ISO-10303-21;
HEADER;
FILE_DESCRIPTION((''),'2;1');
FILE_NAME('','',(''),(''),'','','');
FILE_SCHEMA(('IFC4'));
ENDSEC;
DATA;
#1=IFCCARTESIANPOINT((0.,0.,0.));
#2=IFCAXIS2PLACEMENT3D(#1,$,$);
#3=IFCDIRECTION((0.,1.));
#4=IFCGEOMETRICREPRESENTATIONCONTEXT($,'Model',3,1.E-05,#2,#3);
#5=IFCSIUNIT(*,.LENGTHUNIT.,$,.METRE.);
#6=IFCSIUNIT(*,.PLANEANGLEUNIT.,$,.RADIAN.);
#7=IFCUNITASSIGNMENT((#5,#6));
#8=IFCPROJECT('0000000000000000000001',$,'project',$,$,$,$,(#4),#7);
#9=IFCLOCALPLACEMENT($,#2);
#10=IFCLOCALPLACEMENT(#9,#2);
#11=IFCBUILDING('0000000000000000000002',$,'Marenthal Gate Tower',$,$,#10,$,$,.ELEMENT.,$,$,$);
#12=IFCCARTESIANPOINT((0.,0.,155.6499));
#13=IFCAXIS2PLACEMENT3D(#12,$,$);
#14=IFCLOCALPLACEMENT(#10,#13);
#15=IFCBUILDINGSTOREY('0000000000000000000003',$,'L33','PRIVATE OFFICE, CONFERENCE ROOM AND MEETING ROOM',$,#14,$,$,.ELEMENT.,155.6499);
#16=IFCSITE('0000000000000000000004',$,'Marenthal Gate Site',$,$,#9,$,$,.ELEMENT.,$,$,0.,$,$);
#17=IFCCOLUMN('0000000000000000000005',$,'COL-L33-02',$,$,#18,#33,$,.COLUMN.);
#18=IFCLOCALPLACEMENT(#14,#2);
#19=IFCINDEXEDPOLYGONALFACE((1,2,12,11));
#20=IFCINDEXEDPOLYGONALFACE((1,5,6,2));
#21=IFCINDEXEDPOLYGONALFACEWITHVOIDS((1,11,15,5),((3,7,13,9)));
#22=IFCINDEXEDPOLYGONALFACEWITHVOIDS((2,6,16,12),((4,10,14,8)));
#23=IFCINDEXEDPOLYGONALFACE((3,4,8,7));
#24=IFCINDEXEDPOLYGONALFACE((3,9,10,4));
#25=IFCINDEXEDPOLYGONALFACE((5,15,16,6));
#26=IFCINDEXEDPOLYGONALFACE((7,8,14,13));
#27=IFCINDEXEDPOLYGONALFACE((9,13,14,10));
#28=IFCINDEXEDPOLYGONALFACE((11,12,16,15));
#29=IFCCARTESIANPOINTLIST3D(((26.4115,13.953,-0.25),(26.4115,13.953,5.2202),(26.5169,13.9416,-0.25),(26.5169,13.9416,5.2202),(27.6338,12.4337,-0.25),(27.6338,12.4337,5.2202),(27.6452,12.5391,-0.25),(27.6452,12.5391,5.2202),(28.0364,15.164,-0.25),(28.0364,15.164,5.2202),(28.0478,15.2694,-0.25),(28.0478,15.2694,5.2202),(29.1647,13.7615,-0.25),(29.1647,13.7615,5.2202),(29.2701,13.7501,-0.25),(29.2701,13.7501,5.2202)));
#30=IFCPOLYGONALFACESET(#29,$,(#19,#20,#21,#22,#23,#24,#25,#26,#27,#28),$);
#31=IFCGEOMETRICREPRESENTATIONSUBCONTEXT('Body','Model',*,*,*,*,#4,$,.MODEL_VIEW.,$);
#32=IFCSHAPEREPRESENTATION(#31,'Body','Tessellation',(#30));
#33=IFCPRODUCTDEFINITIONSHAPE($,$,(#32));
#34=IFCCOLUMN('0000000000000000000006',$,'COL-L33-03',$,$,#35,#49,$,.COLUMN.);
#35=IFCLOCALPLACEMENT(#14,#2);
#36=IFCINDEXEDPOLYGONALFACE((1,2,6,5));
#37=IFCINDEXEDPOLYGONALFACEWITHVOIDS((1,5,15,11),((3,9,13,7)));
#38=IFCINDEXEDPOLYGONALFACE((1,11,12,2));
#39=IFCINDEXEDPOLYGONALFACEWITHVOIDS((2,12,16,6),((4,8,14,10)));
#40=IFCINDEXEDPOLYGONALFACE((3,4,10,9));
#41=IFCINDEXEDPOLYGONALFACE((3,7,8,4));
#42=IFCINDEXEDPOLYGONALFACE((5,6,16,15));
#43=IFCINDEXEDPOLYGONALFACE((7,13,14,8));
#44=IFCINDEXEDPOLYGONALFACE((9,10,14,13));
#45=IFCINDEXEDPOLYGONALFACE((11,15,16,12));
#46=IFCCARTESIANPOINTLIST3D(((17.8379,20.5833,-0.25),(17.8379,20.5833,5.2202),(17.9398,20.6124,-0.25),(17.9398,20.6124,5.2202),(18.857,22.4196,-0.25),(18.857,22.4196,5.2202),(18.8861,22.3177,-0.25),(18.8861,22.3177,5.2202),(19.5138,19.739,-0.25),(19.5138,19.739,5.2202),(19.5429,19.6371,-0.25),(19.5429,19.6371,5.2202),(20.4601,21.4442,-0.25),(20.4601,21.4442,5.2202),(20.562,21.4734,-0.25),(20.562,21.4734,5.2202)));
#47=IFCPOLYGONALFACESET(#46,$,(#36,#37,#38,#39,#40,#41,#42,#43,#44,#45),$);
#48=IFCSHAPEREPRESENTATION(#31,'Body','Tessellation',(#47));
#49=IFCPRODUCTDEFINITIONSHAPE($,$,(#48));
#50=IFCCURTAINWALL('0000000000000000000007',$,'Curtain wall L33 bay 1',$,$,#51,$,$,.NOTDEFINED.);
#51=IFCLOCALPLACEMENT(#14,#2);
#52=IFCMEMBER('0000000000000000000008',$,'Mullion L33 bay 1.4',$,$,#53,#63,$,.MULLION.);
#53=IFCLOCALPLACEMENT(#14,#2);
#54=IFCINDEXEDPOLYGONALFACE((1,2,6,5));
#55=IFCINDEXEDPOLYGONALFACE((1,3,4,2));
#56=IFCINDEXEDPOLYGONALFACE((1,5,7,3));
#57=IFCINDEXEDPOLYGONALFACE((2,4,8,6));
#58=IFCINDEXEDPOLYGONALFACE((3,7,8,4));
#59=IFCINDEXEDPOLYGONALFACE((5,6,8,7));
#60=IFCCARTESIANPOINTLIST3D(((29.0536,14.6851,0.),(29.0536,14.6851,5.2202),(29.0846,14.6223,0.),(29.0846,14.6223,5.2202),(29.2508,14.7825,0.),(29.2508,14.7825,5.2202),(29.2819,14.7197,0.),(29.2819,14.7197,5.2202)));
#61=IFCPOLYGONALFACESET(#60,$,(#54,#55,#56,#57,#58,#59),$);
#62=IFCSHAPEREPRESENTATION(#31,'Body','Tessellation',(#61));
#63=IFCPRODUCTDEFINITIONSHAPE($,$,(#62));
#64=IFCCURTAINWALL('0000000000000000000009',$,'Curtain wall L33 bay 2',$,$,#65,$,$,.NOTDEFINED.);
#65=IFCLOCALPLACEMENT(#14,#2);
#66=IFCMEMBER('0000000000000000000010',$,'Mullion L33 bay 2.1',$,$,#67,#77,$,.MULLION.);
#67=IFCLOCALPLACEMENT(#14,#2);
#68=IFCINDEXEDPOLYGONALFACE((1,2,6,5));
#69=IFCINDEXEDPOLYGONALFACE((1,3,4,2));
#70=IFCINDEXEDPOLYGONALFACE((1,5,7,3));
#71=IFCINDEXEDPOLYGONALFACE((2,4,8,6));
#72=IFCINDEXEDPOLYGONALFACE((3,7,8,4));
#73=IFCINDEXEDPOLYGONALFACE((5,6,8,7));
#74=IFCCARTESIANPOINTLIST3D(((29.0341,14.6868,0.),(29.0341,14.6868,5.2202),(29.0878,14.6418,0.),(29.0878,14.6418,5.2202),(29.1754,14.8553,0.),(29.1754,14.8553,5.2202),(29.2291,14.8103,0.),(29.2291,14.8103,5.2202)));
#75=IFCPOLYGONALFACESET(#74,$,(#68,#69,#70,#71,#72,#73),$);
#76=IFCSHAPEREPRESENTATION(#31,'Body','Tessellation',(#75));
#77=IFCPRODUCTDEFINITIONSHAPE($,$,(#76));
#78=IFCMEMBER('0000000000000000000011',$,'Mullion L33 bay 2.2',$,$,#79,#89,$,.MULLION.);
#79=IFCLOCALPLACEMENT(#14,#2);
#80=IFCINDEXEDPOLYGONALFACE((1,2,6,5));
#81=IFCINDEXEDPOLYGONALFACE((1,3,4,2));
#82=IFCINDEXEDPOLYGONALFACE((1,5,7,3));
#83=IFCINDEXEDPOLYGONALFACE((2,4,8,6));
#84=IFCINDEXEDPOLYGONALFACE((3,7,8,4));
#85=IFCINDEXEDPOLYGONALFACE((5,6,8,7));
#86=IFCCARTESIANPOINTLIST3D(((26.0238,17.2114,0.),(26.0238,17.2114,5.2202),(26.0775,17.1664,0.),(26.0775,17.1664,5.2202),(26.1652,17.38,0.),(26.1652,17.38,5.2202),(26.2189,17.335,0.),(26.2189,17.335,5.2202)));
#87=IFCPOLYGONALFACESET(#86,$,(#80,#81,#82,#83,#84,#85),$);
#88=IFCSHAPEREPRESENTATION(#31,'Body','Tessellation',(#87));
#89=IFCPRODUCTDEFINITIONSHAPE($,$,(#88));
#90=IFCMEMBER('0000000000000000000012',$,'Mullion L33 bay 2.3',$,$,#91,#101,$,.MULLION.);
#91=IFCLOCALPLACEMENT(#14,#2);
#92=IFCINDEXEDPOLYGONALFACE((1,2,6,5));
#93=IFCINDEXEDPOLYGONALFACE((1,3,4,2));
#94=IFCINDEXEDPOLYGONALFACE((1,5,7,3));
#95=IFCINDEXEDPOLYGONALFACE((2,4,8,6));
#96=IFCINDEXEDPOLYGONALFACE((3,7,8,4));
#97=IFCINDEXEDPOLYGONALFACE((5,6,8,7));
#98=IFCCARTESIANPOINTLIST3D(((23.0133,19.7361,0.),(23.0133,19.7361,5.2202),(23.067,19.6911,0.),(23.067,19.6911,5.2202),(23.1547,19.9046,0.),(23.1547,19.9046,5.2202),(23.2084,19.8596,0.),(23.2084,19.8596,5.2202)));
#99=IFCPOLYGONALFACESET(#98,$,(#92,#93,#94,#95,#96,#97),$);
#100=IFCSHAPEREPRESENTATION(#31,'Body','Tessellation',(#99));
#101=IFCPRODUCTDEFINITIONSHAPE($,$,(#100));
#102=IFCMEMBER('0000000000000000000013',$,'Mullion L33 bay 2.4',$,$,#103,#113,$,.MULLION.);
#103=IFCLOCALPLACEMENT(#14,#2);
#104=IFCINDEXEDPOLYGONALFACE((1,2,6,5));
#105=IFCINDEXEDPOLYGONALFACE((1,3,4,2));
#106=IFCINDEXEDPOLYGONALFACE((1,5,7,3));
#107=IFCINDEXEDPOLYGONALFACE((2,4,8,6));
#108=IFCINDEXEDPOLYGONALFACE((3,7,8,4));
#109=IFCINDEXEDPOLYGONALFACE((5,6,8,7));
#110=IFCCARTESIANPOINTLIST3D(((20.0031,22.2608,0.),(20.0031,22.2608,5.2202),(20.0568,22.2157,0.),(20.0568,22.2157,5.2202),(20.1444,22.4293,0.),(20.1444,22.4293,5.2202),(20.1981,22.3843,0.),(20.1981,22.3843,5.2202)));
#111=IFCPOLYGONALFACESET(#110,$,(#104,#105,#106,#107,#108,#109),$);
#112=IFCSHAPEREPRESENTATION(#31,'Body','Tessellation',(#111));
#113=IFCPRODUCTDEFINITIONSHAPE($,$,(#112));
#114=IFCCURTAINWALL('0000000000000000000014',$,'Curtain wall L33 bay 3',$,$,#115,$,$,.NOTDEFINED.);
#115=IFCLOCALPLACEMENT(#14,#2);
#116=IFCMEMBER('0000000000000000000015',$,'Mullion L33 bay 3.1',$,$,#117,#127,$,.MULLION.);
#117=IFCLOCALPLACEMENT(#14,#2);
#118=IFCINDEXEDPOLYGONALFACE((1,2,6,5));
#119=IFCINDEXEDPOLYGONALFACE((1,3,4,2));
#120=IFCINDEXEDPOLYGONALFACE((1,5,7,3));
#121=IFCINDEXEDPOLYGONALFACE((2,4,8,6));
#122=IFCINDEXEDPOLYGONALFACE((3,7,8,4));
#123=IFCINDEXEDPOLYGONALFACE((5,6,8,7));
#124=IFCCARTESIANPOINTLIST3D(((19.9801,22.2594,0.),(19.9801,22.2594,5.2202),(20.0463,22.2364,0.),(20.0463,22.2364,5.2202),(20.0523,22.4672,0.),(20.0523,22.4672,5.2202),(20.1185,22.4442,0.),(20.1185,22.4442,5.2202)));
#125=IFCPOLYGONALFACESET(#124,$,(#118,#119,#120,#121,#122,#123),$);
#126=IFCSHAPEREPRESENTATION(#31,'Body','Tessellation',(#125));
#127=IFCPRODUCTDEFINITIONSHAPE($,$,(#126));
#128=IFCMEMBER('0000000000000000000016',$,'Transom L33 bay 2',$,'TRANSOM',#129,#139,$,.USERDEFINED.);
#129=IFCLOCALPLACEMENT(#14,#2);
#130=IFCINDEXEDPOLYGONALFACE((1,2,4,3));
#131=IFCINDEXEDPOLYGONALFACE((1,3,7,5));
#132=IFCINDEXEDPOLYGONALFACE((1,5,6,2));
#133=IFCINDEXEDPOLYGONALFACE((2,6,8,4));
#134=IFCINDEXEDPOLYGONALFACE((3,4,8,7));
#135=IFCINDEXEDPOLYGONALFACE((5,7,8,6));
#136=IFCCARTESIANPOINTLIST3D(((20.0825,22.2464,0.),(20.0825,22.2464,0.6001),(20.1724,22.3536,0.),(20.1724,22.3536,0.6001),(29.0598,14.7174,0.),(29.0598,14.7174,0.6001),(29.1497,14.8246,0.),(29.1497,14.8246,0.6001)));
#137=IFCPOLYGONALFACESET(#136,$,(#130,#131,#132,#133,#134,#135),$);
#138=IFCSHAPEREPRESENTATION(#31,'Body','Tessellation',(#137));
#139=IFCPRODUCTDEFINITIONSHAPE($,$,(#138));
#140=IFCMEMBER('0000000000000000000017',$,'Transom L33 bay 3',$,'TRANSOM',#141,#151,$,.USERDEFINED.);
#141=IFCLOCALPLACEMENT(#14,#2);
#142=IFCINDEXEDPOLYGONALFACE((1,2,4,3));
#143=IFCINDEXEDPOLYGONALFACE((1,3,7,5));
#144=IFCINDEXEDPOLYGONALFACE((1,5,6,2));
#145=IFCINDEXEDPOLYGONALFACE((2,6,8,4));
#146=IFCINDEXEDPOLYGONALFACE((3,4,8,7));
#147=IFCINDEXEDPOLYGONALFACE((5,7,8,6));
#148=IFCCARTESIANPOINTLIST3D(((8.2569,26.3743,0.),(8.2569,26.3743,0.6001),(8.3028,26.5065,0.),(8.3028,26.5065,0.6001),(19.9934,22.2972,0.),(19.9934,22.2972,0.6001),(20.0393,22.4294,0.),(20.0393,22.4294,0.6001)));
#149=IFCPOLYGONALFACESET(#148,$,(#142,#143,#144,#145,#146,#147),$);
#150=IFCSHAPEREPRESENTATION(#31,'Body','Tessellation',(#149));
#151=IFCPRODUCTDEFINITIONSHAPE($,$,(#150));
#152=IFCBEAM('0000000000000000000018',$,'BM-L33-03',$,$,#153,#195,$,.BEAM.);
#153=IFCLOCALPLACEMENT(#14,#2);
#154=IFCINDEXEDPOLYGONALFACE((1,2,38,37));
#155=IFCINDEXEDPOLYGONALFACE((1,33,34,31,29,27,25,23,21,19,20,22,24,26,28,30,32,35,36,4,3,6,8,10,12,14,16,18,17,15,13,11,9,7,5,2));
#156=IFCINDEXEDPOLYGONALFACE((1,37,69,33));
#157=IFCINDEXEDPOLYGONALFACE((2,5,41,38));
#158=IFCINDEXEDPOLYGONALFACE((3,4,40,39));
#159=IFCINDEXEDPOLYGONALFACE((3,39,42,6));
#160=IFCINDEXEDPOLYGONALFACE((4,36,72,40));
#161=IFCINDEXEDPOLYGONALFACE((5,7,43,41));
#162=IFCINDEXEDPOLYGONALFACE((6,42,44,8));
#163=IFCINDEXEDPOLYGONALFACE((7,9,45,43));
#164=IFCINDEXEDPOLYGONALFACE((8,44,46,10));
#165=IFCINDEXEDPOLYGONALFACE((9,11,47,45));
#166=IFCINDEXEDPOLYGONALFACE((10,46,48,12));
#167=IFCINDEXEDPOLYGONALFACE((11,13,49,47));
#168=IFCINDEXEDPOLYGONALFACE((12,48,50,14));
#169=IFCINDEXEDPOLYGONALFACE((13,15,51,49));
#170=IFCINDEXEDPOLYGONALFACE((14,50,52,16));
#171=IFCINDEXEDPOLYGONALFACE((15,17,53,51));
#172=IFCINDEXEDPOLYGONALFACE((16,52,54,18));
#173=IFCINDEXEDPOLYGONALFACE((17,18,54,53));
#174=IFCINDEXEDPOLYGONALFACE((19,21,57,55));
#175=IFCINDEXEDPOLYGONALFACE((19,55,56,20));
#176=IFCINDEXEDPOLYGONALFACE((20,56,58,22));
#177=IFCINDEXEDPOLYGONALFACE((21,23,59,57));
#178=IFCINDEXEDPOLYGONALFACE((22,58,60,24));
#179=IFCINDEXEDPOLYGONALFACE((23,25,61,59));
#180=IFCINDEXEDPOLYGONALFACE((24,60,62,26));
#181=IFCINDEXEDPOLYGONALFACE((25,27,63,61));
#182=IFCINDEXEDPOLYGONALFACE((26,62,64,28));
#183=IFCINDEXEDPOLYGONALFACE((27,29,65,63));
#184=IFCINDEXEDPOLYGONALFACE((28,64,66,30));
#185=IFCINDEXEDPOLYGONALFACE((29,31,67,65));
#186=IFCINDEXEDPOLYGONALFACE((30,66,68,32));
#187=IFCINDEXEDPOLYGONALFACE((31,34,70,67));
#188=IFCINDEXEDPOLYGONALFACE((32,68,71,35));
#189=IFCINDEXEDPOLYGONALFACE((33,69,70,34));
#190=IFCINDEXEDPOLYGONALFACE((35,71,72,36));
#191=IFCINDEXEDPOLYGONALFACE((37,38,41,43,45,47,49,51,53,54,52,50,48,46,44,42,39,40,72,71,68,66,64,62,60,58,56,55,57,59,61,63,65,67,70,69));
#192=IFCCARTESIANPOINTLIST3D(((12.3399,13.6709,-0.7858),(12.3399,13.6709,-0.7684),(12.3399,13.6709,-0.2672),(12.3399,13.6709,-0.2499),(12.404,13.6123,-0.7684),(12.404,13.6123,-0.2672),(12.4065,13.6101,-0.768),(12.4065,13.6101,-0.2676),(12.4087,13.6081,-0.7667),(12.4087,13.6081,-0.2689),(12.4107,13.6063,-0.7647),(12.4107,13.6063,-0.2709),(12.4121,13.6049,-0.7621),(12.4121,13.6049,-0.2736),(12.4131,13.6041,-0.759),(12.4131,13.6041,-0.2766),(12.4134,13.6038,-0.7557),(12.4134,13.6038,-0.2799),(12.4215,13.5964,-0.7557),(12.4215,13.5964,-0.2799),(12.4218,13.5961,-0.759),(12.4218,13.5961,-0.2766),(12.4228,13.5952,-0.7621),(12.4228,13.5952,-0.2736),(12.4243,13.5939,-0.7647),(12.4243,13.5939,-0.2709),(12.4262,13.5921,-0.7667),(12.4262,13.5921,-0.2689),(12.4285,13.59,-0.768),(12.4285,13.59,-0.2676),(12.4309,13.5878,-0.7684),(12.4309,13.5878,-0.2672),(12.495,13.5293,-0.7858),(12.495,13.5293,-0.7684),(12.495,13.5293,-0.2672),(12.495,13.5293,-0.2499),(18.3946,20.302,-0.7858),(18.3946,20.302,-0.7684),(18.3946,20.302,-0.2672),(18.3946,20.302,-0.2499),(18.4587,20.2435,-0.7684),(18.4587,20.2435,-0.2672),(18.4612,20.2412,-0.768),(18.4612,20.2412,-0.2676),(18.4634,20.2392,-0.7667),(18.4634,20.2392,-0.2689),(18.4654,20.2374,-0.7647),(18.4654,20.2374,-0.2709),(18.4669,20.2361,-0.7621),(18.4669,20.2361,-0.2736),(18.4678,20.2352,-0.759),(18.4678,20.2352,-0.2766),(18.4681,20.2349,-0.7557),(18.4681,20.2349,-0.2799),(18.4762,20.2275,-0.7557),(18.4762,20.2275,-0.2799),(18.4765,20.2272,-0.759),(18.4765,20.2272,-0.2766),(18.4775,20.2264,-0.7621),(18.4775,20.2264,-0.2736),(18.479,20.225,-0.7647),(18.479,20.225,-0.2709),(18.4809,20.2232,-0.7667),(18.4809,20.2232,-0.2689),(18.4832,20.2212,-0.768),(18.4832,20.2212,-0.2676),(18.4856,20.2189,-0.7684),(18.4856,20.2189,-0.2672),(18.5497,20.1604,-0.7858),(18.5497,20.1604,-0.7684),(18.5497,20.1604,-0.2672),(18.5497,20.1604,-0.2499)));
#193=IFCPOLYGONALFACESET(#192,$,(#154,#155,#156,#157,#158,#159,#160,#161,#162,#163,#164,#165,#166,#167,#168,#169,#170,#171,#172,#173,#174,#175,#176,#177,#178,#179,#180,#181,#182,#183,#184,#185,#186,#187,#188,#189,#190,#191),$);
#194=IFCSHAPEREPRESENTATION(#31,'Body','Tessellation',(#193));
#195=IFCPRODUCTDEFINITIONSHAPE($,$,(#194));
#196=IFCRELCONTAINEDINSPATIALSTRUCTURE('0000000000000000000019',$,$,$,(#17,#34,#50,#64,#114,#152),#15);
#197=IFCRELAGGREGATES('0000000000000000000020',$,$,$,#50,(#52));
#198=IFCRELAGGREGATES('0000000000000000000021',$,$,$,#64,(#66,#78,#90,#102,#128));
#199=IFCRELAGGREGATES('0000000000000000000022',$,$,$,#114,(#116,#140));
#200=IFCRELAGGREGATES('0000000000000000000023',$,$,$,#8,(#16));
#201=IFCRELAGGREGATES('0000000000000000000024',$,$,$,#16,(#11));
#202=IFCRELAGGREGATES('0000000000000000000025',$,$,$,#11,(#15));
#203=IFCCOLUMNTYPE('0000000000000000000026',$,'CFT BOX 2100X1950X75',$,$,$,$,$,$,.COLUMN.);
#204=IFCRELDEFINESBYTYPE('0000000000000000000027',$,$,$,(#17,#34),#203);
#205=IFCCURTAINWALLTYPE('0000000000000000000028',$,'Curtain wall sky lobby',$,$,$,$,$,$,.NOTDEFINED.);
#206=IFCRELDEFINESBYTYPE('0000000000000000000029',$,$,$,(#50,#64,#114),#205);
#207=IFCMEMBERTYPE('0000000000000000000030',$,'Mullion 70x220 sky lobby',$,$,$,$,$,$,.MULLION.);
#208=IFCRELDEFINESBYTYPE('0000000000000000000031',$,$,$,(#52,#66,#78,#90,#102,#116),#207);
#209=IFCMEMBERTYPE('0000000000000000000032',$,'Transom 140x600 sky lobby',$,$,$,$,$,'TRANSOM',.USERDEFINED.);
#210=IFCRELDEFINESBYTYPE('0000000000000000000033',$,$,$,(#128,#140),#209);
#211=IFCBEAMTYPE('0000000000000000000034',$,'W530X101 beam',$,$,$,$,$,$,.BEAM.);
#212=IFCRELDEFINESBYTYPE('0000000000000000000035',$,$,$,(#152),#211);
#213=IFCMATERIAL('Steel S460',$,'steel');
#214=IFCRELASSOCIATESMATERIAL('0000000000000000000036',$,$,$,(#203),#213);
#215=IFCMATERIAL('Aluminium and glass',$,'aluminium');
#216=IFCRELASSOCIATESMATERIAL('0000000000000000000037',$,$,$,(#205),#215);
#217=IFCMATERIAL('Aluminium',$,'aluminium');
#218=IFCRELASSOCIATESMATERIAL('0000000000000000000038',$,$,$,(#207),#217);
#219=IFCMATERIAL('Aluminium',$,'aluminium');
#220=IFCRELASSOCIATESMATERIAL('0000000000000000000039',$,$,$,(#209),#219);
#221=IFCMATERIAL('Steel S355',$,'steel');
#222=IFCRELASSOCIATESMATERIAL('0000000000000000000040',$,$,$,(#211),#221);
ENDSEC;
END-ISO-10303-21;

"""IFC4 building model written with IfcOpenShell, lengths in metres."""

from ifc_helpers import new_model, si_unit, direction, frame, origin, origin_2d, place, context, subcontext, project, spatial, rectangle, hollow_rectangle, i_section, extrude, material, material_profile, profile_set, type_object, element, aggregate, save


model = new_model("IFC4")

# Units and contexts
model_context = context("Model", 3, precision=1e-05, world=origin(), true_north=direction((0.0, 1.0)))
body_context = subcontext(model_context, "Body", "Model", "MODEL_VIEW")
ifc_project = project(units=[si_unit("LENGTHUNIT", "METRE"), si_unit("PLANEANGLEUNIT", "RADIAN")], contexts=[model_context])

# Site, building, storey
site_placement = place(None, origin())
site = spatial("IfcSite", under=ifc_project, at=site_placement, Name="Marenthal Gate Site", CompositionType="ELEMENT", RefElevation=0.0)
building_placement = place(site_placement, origin())
building = spatial("IfcBuilding", under=site, at=building_placement, Name="Marenthal Gate Tower", CompositionType="ELEMENT")
storey_placement = place(building_placement, frame((0.0, 0.0, 155.6499)))
storey = spatial("IfcBuildingStorey", under=building, at=storey_placement, Name="L33", Description="PRIVATE OFFICE, CONFERENCE ROOM AND MEETING ROOM", CompositionType="ELEMENT", Elevation=155.6499)

# Columns
ifc_material_1 = material(Name="Steel S460", Category="steel")
ifc_material_profile_1 = material_profile(ifc_material_1, hollow_rectangle(XDim=1.95, YDim=2.1001, WallThickness=0.075, at=origin_2d()), Name="CFT BOX 2100X1950X75")
ifc_material_2 = material(Name="Concrete 70 MPa", Category="concrete")
ifc_material_profile_2 = material_profile(ifc_material_2, rectangle(XDim=1.8, YDim=1.95, at=origin_2d()), Name="CFT BOX 2100X1950X75 INFILL")
ifc_profile_set_1 = profile_set([ifc_material_profile_1, ifc_material_profile_2], Name="Steel S460 shell, Concrete 70 MPa infill")
column_type = type_object("IfcColumnType", Name="CFT BOX 2100X1950X75", PredefinedType="COLUMN", material=ifc_profile_set_1)
for number, where, z_axis, x_axis, name in (
    (1, (27.8408, 13.8516, -0.25), (0.0, 0.0, 1.0), (0.626831, -0.779155, 0.0), "COL-L33-02"),
    (2, (19.2, 21.0283, -0.25), (0.0, 0.0, 1.0), (0.87438, -0.485242, 0.0), "COL-L33-03"),
):
    element("IfcColumn", number, at=place(storey_placement, frame(where, z_axis=z_axis, x_axis=x_axis)), inside=storey, type_object=column_type, Name=name, PredefinedType="COLUMN", context=body_context, shape_type="SweptSolid", body=[
        extrude(hollow_rectangle(XDim=1.95, YDim=2.1001, WallThickness=0.075, at=origin_2d()), origin(), (0.0, 0.0, 1.0), 5.4702),
    ])

# Curtain wall, member
ifc_material_3 = material(Name="Aluminium and glass", Category="aluminium")
curtain_wall_type = type_object("IfcCurtainWallType", Name="Curtain wall sky lobby", PredefinedType="NOTDEFINED", material=ifc_material_3)
curtain_wall_1_placement = place(storey_placement, origin())
curtain_wall_1 = element("IfcCurtainWall", 3, at=curtain_wall_1_placement, inside=storey, type_object=curtain_wall_type, Name="Curtain wall L33 bay 1", PredefinedType="NOTDEFINED")
ifc_material_4 = material(Name="Aluminium", Category="aluminium")
ifc_material_profile_3 = material_profile(ifc_material_4, rectangle(XDim=0.22, YDim=0.0701, at=origin_2d()), Name="70x220 aluminium mullion")
ifc_profile_set_2 = profile_set([ifc_material_profile_3], Name="Aluminium")
member_type_1 = type_object("IfcMemberType", Name="Mullion 70x220 sky lobby", PredefinedType="MULLION", material=ifc_profile_set_2)
member_1_placement = place(storey_placement, frame((29.1677, 14.7024, 0.0), z_axis=(0.0, 0.0, 1.0), x_axis=(-0.896609, -0.442824, 0.0)))
member_1 = element("IfcMember", 4, at=member_1_placement, type_object=member_type_1, Name="Mullion L33 bay 1.4", PredefinedType="MULLION", context=body_context, shape_type="SweptSolid", body=[
    extrude(rectangle(XDim=0.22, YDim=0.0701, at=origin_2d()), origin(), (0.0, 0.0, 1.0), 5.2202),
])
aggregate(curtain_wall_1, [member_1])

# Curtain wall, members
curtain_wall_2_placement = place(storey_placement, origin())
curtain_wall_2 = element("IfcCurtainWall", 5, at=curtain_wall_2_placement, inside=storey, type_object=curtain_wall_type, Name="Curtain wall L33 bay 2", PredefinedType="NOTDEFINED")
member_2_placement = place(storey_placement, frame((29.1316, 14.7485, 0.0), z_axis=(0.0, 0.0, 1.0), x_axis=(-0.642602, -0.7662, 0.0)))
member_2 = element("IfcMember", 6, at=member_2_placement, type_object=member_type_1, Name="Mullion L33 bay 2.1", PredefinedType="MULLION", context=body_context, shape_type="SweptSolid", body=[
    extrude(rectangle(XDim=0.22, YDim=0.0701, at=origin_2d()), origin(), (0.0, 0.0, 1.0), 5.2202),
])
member_3_placement = place(storey_placement, frame((26.1213, 17.2732, 0.0), z_axis=(0.0, 0.0, 1.0), x_axis=(-0.642602, -0.7662, 0.0)))
member_3 = element("IfcMember", 7, at=member_3_placement, type_object=member_type_1, Name="Mullion L33 bay 2.2", PredefinedType="MULLION", context=body_context, shape_type="SweptSolid", body=[
    extrude(rectangle(XDim=0.22, YDim=0.0701, at=origin_2d()), origin(), (0.0, 0.0, 1.0), 5.2202),
])
member_4_placement = place(storey_placement, frame((23.1108, 19.7979, 0.0), z_axis=(0.0, 0.0, 1.0), x_axis=(-0.642602, -0.7662, 0.0)))
member_4 = element("IfcMember", 8, at=member_4_placement, type_object=member_type_1, Name="Mullion L33 bay 2.3", PredefinedType="MULLION", context=body_context, shape_type="SweptSolid", body=[
    extrude(rectangle(XDim=0.22, YDim=0.0701, at=origin_2d()), origin(), (0.0, 0.0, 1.0), 5.2202),
])
member_5_placement = place(storey_placement, frame((20.1006, 22.3225, 0.0), z_axis=(0.0, 0.0, 1.0), x_axis=(-0.642602, -0.7662, 0.0)))
member_5 = element("IfcMember", 9, at=member_5_placement, type_object=member_type_1, Name="Mullion L33 bay 2.4", PredefinedType="MULLION", context=body_context, shape_type="SweptSolid", body=[
    extrude(rectangle(XDim=0.22, YDim=0.0701, at=origin_2d()), origin(), (0.0, 0.0, 1.0), 5.2202),
])

# Curtain wall, member
curtain_wall_3_placement = place(storey_placement, origin())
curtain_wall_3 = element("IfcCurtainWall", 10, at=curtain_wall_3_placement, inside=storey, type_object=curtain_wall_type, Name="Curtain wall L33 bay 3", PredefinedType="NOTDEFINED")
member_6_placement = place(storey_placement, frame((20.0493, 22.3518, 0.0), z_axis=(0.0, 0.0, 1.0), x_axis=(-0.328158, -0.944623, 0.0)))
member_6 = element("IfcMember", 11, at=member_6_placement, type_object=member_type_1, Name="Mullion L33 bay 3.1", PredefinedType="MULLION", context=body_context, shape_type="SweptSolid", body=[
    extrude(rectangle(XDim=0.22, YDim=0.0701, at=origin_2d()), origin(), (0.0, 0.0, 1.0), 5.2202),
])

# Members
ifc_material_5 = material(Name="Aluminium", Category="aluminium")
ifc_material_profile_4 = material_profile(ifc_material_5, rectangle(XDim=0.1399, YDim=0.6001, at=origin_2d()), Name="140x600 aluminium transom")
ifc_profile_set_3 = profile_set([ifc_material_profile_4], Name="Aluminium")
member_type_2 = type_object("IfcMemberType", Name="Transom 140x600 sky lobby", ElementType="TRANSOM", PredefinedType="USERDEFINED", material=ifc_profile_set_3)
member_7_placement = place(storey_placement, frame((29.1047, 14.771, 0.3), z_axis=(-0.766204, 0.642598, 0.0), x_axis=(-0.642598, -0.766204, 0.0)))
member_7 = element("IfcMember", 12, at=member_7_placement, type_object=member_type_2, Name="Transom L33 bay 2", ObjectType="TRANSOM", PredefinedType="USERDEFINED", context=body_context, shape_type="SweptSolid", body=[
    extrude(rectangle(XDim=0.1399, YDim=0.6001, at=origin_2d()), origin(), (0.0, 0.0, 1.0), 11.7166),
])
member_8_placement = place(storey_placement, frame((20.0164, 22.3633, 0.3), z_axis=(-0.944625, 0.328152, 0.0), x_axis=(-0.328152, -0.944625, 0.0)))
member_8 = element("IfcMember", 13, at=member_8_placement, type_object=member_type_2, Name="Transom L33 bay 3", ObjectType="TRANSOM", PredefinedType="USERDEFINED", context=body_context, shape_type="SweptSolid", body=[
    extrude(rectangle(XDim=0.1399, YDim=0.6001, at=origin_2d()), origin(), (0.0, 0.0, 1.0), 12.4246),
])

# Beam
ifc_material_6 = material(Name="Steel S355", Category="steel")
ifc_material_profile_5 = material_profile(ifc_material_6, i_section(OverallWidth=0.21, OverallDepth=0.5359, WebThickness=0.011, FlangeThickness=0.0173, FilletRadius=0.0127, at=origin_2d()), Name="W530X101")
ifc_profile_set_4 = profile_set([ifc_material_profile_5], Name="Steel S355")
beam_type_1 = type_object("IfcBeamType", Name="W530X101 beam", PredefinedType="BEAM", material=ifc_profile_set_4)
beam_1_placement = place(storey_placement, frame((18.4722, 20.2312, -0.5178), z_axis=(-0.674282, -0.738474, 0.0), x_axis=(0.738474, -0.674282, 0.0)))
element("IfcBeam", 14, at=beam_1_placement, inside=storey, type_object=beam_type_1, Name="BM-L33-03", PredefinedType="BEAM", context=body_context, shape_type="SweptSolid", body=[
    extrude(i_section(OverallWidth=0.21, OverallDepth=0.5359, WebThickness=0.011, FlangeThickness=0.0173, FilletRadius=0.0127, at=origin_2d()), origin(), (0.0, 0.0, 1.0), 8.9795),
])

aggregate(curtain_wall_2, [member_2, member_3, member_4, member_5, member_7])
aggregate(curtain_wall_3, [member_6, member_8])

save(model, "model.ifc")
